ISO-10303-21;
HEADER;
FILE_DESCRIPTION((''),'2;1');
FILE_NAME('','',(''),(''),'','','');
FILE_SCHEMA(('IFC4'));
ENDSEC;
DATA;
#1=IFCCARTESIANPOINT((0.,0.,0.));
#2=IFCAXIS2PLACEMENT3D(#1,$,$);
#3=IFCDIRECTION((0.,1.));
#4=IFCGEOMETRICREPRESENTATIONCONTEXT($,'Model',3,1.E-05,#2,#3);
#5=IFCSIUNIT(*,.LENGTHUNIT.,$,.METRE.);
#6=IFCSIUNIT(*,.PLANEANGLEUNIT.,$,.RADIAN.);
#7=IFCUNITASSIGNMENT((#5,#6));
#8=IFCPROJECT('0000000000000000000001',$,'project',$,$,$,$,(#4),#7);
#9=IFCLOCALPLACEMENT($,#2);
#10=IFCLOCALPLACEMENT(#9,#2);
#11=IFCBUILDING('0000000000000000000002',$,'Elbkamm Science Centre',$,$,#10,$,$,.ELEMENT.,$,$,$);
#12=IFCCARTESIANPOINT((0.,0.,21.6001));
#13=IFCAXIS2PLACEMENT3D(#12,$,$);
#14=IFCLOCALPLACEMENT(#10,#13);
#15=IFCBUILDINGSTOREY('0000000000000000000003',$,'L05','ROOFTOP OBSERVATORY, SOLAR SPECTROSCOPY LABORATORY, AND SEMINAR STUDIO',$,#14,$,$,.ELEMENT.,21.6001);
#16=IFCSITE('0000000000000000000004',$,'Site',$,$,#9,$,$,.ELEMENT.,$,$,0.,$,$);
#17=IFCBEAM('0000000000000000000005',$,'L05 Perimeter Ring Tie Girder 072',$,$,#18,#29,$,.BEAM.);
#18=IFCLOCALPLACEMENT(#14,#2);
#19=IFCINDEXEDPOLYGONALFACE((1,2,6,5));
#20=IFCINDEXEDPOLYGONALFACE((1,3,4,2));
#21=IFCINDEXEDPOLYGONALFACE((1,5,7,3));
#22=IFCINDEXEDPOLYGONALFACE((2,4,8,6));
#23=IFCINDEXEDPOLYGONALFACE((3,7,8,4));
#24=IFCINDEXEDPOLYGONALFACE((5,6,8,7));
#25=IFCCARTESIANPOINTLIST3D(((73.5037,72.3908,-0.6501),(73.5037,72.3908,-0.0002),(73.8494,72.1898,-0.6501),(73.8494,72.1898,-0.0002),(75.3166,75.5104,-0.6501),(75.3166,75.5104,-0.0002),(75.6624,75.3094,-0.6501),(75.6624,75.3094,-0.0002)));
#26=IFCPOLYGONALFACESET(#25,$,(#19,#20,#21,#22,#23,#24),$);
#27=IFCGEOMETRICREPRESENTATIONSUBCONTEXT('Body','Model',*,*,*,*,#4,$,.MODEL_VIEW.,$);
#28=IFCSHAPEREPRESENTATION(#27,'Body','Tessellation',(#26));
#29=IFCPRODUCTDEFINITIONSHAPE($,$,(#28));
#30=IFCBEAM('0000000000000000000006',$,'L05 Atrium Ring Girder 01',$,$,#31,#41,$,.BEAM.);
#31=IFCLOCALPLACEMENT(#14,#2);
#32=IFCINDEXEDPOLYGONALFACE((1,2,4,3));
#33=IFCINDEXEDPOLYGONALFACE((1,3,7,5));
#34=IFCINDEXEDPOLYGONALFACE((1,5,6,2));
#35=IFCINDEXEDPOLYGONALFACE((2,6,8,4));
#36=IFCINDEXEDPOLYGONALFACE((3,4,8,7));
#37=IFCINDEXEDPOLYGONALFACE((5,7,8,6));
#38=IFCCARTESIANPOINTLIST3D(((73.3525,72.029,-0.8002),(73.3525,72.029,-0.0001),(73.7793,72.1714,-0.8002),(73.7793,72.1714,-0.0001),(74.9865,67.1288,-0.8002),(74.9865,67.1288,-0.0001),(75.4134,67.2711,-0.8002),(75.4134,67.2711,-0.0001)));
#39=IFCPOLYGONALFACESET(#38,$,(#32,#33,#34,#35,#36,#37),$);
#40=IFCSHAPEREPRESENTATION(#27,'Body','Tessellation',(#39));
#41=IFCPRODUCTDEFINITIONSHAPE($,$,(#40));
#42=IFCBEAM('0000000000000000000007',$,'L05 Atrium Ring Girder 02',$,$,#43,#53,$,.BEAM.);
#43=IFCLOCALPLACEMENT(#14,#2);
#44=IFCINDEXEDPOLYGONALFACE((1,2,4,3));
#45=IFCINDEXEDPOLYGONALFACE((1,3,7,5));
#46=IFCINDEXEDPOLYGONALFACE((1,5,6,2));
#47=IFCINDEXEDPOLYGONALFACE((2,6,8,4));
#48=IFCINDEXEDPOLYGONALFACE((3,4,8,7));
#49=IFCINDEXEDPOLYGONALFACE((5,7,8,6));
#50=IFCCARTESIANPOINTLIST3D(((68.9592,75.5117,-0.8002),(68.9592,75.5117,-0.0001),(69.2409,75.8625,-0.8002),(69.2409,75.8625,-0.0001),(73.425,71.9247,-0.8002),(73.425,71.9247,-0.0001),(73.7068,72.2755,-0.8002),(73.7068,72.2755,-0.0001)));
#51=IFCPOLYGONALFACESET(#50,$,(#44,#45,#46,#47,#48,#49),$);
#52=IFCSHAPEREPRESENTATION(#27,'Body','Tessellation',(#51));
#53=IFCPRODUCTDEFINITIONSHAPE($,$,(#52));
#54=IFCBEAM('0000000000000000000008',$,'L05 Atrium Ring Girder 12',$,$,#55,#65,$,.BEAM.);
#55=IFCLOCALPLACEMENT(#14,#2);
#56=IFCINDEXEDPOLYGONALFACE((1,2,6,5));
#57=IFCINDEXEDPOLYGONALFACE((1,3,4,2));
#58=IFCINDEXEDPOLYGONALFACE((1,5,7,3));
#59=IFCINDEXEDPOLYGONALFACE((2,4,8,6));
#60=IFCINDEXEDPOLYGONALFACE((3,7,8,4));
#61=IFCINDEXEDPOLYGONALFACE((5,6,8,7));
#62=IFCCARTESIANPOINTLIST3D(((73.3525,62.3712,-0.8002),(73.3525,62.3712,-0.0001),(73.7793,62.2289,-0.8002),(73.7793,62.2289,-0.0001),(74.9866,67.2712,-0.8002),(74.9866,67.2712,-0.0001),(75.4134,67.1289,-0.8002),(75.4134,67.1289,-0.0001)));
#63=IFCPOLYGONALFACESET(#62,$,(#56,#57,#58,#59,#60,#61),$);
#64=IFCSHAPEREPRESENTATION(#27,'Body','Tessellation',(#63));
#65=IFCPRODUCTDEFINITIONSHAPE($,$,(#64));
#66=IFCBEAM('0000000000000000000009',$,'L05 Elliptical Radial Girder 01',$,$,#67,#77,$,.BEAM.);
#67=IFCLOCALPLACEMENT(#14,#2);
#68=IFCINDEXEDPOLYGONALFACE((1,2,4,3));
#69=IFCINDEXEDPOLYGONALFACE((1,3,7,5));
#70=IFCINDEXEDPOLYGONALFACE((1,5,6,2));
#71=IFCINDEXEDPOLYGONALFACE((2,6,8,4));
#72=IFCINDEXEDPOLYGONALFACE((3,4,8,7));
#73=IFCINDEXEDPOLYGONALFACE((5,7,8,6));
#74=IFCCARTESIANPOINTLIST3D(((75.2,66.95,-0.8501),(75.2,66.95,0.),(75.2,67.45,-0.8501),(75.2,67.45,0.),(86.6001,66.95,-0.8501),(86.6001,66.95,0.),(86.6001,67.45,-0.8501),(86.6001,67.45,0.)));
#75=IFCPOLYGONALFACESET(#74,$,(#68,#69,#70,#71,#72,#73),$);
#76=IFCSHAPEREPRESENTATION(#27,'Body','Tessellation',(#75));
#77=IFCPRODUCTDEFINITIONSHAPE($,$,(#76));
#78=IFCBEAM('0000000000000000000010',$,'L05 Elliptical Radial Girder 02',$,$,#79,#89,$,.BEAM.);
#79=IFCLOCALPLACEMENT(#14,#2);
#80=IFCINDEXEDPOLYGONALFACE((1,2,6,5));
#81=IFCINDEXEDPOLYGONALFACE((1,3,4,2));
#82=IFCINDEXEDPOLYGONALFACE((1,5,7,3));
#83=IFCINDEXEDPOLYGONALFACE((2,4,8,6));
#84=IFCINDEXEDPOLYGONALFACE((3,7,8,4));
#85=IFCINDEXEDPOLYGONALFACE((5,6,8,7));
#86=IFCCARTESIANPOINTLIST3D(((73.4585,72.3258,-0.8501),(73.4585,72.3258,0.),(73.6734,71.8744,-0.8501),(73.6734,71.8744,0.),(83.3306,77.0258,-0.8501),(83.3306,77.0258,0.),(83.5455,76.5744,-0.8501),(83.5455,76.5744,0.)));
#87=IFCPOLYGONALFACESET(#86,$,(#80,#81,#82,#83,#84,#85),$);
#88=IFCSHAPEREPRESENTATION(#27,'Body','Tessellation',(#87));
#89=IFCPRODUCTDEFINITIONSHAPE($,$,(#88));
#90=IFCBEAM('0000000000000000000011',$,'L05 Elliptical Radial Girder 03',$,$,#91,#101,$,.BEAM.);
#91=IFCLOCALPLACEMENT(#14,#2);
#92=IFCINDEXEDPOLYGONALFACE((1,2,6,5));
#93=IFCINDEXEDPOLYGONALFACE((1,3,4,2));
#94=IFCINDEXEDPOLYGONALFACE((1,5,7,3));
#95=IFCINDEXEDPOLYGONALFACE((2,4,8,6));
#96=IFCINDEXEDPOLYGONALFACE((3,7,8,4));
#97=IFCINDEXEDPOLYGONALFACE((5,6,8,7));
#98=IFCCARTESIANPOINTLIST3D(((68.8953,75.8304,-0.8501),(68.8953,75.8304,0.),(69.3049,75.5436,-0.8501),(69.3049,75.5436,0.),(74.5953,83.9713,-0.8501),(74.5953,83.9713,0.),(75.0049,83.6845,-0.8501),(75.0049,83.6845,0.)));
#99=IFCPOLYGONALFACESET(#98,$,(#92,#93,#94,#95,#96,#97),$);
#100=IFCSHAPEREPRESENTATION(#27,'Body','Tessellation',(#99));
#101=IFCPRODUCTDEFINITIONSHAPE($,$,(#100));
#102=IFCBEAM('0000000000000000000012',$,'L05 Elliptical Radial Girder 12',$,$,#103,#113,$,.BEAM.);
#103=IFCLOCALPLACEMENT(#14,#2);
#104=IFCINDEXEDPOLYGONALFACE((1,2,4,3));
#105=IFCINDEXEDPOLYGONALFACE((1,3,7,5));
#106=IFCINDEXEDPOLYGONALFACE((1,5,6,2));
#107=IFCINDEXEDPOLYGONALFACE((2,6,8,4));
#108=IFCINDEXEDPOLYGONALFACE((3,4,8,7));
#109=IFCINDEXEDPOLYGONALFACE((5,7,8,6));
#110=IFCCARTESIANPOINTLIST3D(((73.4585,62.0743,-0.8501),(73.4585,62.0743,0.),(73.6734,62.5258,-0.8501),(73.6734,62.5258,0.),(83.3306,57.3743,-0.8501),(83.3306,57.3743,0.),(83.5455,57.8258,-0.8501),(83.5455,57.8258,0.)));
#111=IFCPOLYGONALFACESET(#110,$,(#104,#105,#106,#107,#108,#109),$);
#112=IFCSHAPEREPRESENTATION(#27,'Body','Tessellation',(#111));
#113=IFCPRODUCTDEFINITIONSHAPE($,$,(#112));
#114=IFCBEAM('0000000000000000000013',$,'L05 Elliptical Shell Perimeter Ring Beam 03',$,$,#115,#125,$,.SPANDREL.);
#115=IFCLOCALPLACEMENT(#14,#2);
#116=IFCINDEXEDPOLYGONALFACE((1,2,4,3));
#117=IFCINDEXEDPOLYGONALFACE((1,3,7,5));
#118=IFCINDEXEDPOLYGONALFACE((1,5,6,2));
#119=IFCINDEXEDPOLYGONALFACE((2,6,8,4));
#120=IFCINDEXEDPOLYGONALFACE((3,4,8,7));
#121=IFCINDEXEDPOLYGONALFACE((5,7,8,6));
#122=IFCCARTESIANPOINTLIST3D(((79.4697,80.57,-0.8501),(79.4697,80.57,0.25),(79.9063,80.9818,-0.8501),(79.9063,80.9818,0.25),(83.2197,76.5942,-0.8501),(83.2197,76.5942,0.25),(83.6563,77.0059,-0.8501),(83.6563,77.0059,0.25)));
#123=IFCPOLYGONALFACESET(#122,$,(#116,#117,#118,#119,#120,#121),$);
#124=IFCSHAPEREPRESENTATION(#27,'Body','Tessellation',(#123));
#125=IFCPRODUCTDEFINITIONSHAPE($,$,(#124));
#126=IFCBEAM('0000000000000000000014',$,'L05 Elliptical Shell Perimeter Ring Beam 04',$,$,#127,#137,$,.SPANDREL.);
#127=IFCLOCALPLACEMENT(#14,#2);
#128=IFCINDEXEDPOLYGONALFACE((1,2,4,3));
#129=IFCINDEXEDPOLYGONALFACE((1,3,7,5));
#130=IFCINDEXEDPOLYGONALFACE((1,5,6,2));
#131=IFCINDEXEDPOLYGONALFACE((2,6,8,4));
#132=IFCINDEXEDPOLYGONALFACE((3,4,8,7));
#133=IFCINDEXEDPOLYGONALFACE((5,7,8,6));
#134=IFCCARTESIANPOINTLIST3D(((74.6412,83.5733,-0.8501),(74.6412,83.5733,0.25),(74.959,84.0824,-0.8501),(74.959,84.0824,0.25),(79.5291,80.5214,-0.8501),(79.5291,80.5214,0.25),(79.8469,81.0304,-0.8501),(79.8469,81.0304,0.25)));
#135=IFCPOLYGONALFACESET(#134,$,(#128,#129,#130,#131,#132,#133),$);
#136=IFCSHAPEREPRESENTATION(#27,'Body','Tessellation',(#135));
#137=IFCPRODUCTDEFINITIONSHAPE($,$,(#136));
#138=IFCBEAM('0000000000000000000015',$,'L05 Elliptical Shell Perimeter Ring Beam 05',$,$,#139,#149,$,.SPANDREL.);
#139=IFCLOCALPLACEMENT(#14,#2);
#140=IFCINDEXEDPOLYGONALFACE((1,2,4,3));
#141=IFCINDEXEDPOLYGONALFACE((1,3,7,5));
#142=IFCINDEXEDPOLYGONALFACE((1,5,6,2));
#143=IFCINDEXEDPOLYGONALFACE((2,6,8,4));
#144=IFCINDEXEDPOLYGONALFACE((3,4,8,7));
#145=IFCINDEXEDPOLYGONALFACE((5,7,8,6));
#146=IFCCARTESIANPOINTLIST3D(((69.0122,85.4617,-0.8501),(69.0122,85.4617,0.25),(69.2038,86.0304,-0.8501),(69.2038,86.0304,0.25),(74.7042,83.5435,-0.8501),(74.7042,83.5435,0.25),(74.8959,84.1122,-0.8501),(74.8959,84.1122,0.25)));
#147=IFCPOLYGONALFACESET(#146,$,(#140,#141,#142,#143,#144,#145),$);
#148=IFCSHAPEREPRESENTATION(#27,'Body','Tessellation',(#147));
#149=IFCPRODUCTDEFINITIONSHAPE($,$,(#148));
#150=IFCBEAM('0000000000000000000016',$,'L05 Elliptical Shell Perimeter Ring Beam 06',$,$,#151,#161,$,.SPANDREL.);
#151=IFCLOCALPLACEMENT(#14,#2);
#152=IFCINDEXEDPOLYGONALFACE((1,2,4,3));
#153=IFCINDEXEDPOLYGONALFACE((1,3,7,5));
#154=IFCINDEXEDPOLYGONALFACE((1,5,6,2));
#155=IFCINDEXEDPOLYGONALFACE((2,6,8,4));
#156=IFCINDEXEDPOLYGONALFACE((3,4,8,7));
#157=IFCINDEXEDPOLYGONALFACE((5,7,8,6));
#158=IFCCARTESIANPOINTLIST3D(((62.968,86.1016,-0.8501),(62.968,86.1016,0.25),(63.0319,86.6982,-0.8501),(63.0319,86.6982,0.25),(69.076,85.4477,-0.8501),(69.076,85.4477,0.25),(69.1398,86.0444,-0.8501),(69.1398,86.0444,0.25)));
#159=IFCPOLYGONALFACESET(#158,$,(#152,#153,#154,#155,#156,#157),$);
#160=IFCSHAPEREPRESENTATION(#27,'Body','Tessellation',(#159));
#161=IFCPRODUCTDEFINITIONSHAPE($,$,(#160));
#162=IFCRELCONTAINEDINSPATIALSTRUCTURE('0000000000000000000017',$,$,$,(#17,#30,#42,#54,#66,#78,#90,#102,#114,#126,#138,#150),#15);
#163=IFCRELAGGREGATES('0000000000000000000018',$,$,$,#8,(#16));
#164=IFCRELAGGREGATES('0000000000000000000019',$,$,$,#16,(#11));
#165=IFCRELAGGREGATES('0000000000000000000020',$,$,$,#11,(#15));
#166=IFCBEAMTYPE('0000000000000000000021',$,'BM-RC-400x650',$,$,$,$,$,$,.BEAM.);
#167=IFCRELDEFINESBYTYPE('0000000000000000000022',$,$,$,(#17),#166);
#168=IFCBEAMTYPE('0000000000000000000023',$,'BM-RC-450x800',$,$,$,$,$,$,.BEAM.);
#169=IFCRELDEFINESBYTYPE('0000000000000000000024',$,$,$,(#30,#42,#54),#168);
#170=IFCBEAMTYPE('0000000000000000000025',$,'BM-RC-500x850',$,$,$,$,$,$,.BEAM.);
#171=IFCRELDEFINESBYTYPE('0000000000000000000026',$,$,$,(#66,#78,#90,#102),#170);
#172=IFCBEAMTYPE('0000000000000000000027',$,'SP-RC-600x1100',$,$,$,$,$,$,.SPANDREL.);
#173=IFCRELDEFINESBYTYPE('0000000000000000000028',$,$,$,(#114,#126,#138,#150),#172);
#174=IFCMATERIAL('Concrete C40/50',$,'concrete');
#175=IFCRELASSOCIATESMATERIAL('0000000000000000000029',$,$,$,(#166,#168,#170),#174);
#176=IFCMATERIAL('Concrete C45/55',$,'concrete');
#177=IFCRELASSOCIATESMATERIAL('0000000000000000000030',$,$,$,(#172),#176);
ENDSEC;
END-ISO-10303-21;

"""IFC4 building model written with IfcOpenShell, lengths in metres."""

from ifc_helpers import new_model, si_unit, direction, frame, origin, origin_2d, place, context, subcontext, project, spatial, rectangle, extrude, material, material_profile, profile_set, type_object, element, save


model = new_model("IFC4")

# Units and contexts
model_context = context("Model", 3, precision=1e-05, world=origin(), true_north=direction((0.0, 1.0)))
body_context = subcontext(model_context, "Body", "Model", "MODEL_VIEW")
ifc_project = project(units=[si_unit("LENGTHUNIT", "METRE"), si_unit("PLANEANGLEUNIT", "RADIAN")], contexts=[model_context])

# Site, building, storey
site_placement = place(None, origin())
site = spatial("IfcSite", under=ifc_project, at=site_placement, Name="Site", CompositionType="ELEMENT", RefElevation=0.0)
building_placement = place(site_placement, origin())
building = spatial("IfcBuilding", under=site, at=building_placement, Name="Elbkamm Science Centre", CompositionType="ELEMENT")
storey_placement = place(building_placement, frame((0.0, 0.0, 21.6001)))
storey = spatial("IfcBuildingStorey", under=building, at=storey_placement, Name="L05", Description="ROOFTOP OBSERVATORY, SOLAR SPECTROSCOPY LABORATORY, AND SEMINAR STUDIO", CompositionType="ELEMENT", Elevation=21.6001)

# Beams
ifc_material_1 = material(Name="Concrete C40/50", Category="concrete")
ifc_material_profile_1 = material_profile(ifc_material_1, rectangle(XDim=0.3999, YDim=0.6499, at=origin_2d()), Name="RC 400x650")
ifc_profile_set_1 = profile_set([ifc_material_profile_1], Name="Concrete C40/50")
beam_type_1 = type_object("IfcBeamType", Name="BM-RC-400x650", PredefinedType="BEAM", material=ifc_profile_set_1)
beam_1_placement = place(storey_placement, frame((75.4895, 75.4099, -0.3252), z_axis=(-0.502465, -0.864597, 0.0), x_axis=(0.864597, -0.502465, 0.0)))
element("IfcBeam", 1, at=beam_1_placement, inside=storey, type_object=beam_type_1, Name="L05 Perimeter Ring Tie Girder 072", PredefinedType="BEAM", context=body_context, shape_type="SweptSolid", body=[
    extrude(rectangle(XDim=0.3999, YDim=0.6499, at=origin_2d()), origin(), (0.0, 0.0, 1.0), 3.6082),
])
ifc_material_profile_2 = material_profile(ifc_material_1, rectangle(XDim=0.45, YDim=0.8, at=origin_2d()), Name="RC 450x800")
ifc_profile_set_2 = profile_set([ifc_material_profile_2], Name="Concrete C40/50")
beam_type_2 = type_object("IfcBeamType", Name="BM-RC-450x800", PredefinedType="BEAM", material=ifc_profile_set_2)
beam_2_placement = place(storey_placement, frame((75.2, 67.2, -0.4001), z_axis=(-0.316341, 0.948645, 0.0), x_axis=(-0.948645, -0.316341, 0.0)))
element("IfcBeam", 2, at=beam_2_placement, inside=storey, type_object=beam_type_2, Name="L05 Atrium Ring Girder 01", PredefinedType="BEAM", context=body_context, shape_type="SweptSolid", body=[
    extrude(rectangle(XDim=0.45, YDim=0.8, at=origin_2d()), origin(), (0.0, 0.0, 1.0), 5.1655),
])
beam_3_placement = place(storey_placement, frame((73.5659, 72.1001, -0.4001), z_axis=(-0.779653, 0.626212, 0.0), x_axis=(-0.626212, -0.779653, 0.0)))
element("IfcBeam", 3, at=beam_3_placement, inside=storey, type_object=beam_type_2, Name="L05 Atrium Ring Girder 02", PredefinedType="BEAM", context=body_context, shape_type="SweptSolid", body=[
    extrude(rectangle(XDim=0.45, YDim=0.8, at=origin_2d()), origin(), (0.0, 0.0, 1.0), 5.728),
])
beam_4_placement = place(storey_placement, frame((73.5659, 62.3, -0.4001), z_axis=(0.316355, 0.948641, 0.0), x_axis=(-0.948641, 0.316355, 0.0)))
element("IfcBeam", 4, at=beam_4_placement, inside=storey, type_object=beam_type_2, Name="L05 Atrium Ring Girder 12", PredefinedType="BEAM", context=body_context, shape_type="SweptSolid", body=[
    extrude(rectangle(XDim=0.45, YDim=0.8, at=origin_2d()), origin(), (0.0, 0.0, 1.0), 5.1653),
])
ifc_material_profile_3 = material_profile(ifc_material_1, rectangle(XDim=0.5, YDim=0.8501, at=origin_2d()), Name="RC 500x850")
ifc_profile_set_3 = profile_set([ifc_material_profile_3], Name="Concrete C40/50")
beam_type_3 = type_object("IfcBeamType", Name="BM-RC-500x850", PredefinedType="BEAM", material=ifc_profile_set_3)
beam_5_placement = place(storey_placement, frame((75.2, 67.2, -0.425), z_axis=(1.0, 0.0, 0.0), x_axis=(0.0, 1.0, 0.0)))
element("IfcBeam", 5, at=beam_5_placement, inside=storey, type_object=beam_type_3, Name="L05 Elliptical Radial Girder 01", PredefinedType="BEAM", context=body_context, shape_type="SweptSolid", body=[
    extrude(rectangle(XDim=0.5, YDim=0.8501, at=origin_2d()), origin(), (0.0, 0.0, 1.0), 11.4001),
])
beam_6_placement = place(storey_placement, frame((73.5659, 72.1001, -0.425), z_axis=(0.902897, 0.429856, 0.0), x_axis=(-0.429856, 0.902897, 0.0)))
element("IfcBeam", 6, at=beam_6_placement, inside=storey, type_object=beam_type_3, Name="L05 Elliptical Radial Girder 02", PredefinedType="BEAM", context=body_context, shape_type="SweptSolid", body=[
    extrude(rectangle(XDim=0.5, YDim=0.8501, at=origin_2d()), origin(), (0.0, 0.0, 1.0), 10.9338),
])
beam_7_placement = place(storey_placement, frame((69.1001, 75.687, -0.425), z_axis=(0.573553, 0.819168, 0.0), x_axis=(-0.819168, 0.573553, 0.0)))
element("IfcBeam", 7, at=beam_7_placement, inside=storey, type_object=beam_type_3, Name="L05 Elliptical Radial Girder 03", PredefinedType="BEAM", context=body_context, shape_type="SweptSolid", body=[
    extrude(rectangle(XDim=0.5, YDim=0.8501, at=origin_2d()), origin(), (0.0, 0.0, 1.0), 9.938),
])
beam_8_placement = place(storey_placement, frame((73.5659, 62.3, -0.425), z_axis=(0.902897, -0.429856, 0.0), x_axis=(0.429856, 0.902897, 0.0)))
element("IfcBeam", 8, at=beam_8_placement, inside=storey, type_object=beam_type_3, Name="L05 Elliptical Radial Girder 12", PredefinedType="BEAM", context=body_context, shape_type="SweptSolid", body=[
    extrude(rectangle(XDim=0.5, YDim=0.8501, at=origin_2d()), origin(), (0.0, 0.0, 1.0), 10.9338),
])
ifc_material_2 = material(Name="Concrete C45/55", Category="concrete")
ifc_material_profile_4 = material_profile(ifc_material_2, rectangle(XDim=0.6001, YDim=1.1001, at=origin_2d()), Name="RC 600x1100")
ifc_profile_set_4 = profile_set([ifc_material_profile_4], Name="Concrete C45/55")
beam_type_4 = type_object("IfcBeamType", Name="SP-RC-600x1100", PredefinedType="SPANDREL", material=ifc_profile_set_4)
beam_9_placement = place(storey_placement, frame((83.438, 76.8, -0.3), z_axis=(-0.686145, 0.727465, 0.0), x_axis=(-0.727465, -0.686145, 0.0)))
element("IfcBeam", 9, at=beam_9_placement, inside=storey, type_object=beam_type_4, Name="L05 Elliptical Shell Perimeter Ring Beam 03", PredefinedType="SPANDREL", context=body_context, shape_type="SweptSolid", body=[
    extrude(rectangle(XDim=0.6001, YDim=1.1001, at=origin_2d()), origin(), (0.0, 0.0, 1.0), 5.4653),
])
beam_10_placement = place(storey_placement, frame((79.688, 80.7759, -0.3), z_axis=(-0.848229, 0.529629, 0.0), x_axis=(-0.529629, -0.848229, 0.0)))
element("IfcBeam", 10, at=beam_10_placement, inside=storey, type_object=beam_type_4, Name="L05 Elliptical Shell Perimeter Ring Beam 04", PredefinedType="SPANDREL", context=body_context, shape_type="SweptSolid", body=[
    extrude(rectangle(XDim=0.6001, YDim=1.1001, at=origin_2d()), origin(), (0.0, 0.0, 1.0), 5.7625),
])
beam_11_placement = place(storey_placement, frame((74.8, 83.8279, -0.3), z_axis=(-0.947638, 0.319348, 0.0), x_axis=(-0.319348, -0.947638, 0.0)))
element("IfcBeam", 11, at=beam_11_placement, inside=storey, type_object=beam_type_4, Name="L05 Elliptical Shell Perimeter Ring Beam 05", PredefinedType="SPANDREL", context=body_context, shape_type="SweptSolid", body=[
    extrude(rectangle(XDim=0.6001, YDim=1.1001, at=origin_2d()), origin(), (0.0, 0.0, 1.0), 6.0066),
])
beam_12_placement = place(storey_placement, frame((69.1079, 85.7461, -0.3), z_axis=(-0.99432, 0.106435, 0.0), x_axis=(-0.106435, -0.99432, 0.0)))
element("IfcBeam", 12, at=beam_12_placement, inside=storey, type_object=beam_type_4, Name="L05 Elliptical Shell Perimeter Ring Beam 06", PredefinedType="SPANDREL", context=body_context, shape_type="SweptSolid", body=[
    extrude(rectangle(XDim=0.6001, YDim=1.1001, at=origin_2d()), origin(), (0.0, 0.0, 1.0), 6.1428),
])

save(model, "model.ifc")
